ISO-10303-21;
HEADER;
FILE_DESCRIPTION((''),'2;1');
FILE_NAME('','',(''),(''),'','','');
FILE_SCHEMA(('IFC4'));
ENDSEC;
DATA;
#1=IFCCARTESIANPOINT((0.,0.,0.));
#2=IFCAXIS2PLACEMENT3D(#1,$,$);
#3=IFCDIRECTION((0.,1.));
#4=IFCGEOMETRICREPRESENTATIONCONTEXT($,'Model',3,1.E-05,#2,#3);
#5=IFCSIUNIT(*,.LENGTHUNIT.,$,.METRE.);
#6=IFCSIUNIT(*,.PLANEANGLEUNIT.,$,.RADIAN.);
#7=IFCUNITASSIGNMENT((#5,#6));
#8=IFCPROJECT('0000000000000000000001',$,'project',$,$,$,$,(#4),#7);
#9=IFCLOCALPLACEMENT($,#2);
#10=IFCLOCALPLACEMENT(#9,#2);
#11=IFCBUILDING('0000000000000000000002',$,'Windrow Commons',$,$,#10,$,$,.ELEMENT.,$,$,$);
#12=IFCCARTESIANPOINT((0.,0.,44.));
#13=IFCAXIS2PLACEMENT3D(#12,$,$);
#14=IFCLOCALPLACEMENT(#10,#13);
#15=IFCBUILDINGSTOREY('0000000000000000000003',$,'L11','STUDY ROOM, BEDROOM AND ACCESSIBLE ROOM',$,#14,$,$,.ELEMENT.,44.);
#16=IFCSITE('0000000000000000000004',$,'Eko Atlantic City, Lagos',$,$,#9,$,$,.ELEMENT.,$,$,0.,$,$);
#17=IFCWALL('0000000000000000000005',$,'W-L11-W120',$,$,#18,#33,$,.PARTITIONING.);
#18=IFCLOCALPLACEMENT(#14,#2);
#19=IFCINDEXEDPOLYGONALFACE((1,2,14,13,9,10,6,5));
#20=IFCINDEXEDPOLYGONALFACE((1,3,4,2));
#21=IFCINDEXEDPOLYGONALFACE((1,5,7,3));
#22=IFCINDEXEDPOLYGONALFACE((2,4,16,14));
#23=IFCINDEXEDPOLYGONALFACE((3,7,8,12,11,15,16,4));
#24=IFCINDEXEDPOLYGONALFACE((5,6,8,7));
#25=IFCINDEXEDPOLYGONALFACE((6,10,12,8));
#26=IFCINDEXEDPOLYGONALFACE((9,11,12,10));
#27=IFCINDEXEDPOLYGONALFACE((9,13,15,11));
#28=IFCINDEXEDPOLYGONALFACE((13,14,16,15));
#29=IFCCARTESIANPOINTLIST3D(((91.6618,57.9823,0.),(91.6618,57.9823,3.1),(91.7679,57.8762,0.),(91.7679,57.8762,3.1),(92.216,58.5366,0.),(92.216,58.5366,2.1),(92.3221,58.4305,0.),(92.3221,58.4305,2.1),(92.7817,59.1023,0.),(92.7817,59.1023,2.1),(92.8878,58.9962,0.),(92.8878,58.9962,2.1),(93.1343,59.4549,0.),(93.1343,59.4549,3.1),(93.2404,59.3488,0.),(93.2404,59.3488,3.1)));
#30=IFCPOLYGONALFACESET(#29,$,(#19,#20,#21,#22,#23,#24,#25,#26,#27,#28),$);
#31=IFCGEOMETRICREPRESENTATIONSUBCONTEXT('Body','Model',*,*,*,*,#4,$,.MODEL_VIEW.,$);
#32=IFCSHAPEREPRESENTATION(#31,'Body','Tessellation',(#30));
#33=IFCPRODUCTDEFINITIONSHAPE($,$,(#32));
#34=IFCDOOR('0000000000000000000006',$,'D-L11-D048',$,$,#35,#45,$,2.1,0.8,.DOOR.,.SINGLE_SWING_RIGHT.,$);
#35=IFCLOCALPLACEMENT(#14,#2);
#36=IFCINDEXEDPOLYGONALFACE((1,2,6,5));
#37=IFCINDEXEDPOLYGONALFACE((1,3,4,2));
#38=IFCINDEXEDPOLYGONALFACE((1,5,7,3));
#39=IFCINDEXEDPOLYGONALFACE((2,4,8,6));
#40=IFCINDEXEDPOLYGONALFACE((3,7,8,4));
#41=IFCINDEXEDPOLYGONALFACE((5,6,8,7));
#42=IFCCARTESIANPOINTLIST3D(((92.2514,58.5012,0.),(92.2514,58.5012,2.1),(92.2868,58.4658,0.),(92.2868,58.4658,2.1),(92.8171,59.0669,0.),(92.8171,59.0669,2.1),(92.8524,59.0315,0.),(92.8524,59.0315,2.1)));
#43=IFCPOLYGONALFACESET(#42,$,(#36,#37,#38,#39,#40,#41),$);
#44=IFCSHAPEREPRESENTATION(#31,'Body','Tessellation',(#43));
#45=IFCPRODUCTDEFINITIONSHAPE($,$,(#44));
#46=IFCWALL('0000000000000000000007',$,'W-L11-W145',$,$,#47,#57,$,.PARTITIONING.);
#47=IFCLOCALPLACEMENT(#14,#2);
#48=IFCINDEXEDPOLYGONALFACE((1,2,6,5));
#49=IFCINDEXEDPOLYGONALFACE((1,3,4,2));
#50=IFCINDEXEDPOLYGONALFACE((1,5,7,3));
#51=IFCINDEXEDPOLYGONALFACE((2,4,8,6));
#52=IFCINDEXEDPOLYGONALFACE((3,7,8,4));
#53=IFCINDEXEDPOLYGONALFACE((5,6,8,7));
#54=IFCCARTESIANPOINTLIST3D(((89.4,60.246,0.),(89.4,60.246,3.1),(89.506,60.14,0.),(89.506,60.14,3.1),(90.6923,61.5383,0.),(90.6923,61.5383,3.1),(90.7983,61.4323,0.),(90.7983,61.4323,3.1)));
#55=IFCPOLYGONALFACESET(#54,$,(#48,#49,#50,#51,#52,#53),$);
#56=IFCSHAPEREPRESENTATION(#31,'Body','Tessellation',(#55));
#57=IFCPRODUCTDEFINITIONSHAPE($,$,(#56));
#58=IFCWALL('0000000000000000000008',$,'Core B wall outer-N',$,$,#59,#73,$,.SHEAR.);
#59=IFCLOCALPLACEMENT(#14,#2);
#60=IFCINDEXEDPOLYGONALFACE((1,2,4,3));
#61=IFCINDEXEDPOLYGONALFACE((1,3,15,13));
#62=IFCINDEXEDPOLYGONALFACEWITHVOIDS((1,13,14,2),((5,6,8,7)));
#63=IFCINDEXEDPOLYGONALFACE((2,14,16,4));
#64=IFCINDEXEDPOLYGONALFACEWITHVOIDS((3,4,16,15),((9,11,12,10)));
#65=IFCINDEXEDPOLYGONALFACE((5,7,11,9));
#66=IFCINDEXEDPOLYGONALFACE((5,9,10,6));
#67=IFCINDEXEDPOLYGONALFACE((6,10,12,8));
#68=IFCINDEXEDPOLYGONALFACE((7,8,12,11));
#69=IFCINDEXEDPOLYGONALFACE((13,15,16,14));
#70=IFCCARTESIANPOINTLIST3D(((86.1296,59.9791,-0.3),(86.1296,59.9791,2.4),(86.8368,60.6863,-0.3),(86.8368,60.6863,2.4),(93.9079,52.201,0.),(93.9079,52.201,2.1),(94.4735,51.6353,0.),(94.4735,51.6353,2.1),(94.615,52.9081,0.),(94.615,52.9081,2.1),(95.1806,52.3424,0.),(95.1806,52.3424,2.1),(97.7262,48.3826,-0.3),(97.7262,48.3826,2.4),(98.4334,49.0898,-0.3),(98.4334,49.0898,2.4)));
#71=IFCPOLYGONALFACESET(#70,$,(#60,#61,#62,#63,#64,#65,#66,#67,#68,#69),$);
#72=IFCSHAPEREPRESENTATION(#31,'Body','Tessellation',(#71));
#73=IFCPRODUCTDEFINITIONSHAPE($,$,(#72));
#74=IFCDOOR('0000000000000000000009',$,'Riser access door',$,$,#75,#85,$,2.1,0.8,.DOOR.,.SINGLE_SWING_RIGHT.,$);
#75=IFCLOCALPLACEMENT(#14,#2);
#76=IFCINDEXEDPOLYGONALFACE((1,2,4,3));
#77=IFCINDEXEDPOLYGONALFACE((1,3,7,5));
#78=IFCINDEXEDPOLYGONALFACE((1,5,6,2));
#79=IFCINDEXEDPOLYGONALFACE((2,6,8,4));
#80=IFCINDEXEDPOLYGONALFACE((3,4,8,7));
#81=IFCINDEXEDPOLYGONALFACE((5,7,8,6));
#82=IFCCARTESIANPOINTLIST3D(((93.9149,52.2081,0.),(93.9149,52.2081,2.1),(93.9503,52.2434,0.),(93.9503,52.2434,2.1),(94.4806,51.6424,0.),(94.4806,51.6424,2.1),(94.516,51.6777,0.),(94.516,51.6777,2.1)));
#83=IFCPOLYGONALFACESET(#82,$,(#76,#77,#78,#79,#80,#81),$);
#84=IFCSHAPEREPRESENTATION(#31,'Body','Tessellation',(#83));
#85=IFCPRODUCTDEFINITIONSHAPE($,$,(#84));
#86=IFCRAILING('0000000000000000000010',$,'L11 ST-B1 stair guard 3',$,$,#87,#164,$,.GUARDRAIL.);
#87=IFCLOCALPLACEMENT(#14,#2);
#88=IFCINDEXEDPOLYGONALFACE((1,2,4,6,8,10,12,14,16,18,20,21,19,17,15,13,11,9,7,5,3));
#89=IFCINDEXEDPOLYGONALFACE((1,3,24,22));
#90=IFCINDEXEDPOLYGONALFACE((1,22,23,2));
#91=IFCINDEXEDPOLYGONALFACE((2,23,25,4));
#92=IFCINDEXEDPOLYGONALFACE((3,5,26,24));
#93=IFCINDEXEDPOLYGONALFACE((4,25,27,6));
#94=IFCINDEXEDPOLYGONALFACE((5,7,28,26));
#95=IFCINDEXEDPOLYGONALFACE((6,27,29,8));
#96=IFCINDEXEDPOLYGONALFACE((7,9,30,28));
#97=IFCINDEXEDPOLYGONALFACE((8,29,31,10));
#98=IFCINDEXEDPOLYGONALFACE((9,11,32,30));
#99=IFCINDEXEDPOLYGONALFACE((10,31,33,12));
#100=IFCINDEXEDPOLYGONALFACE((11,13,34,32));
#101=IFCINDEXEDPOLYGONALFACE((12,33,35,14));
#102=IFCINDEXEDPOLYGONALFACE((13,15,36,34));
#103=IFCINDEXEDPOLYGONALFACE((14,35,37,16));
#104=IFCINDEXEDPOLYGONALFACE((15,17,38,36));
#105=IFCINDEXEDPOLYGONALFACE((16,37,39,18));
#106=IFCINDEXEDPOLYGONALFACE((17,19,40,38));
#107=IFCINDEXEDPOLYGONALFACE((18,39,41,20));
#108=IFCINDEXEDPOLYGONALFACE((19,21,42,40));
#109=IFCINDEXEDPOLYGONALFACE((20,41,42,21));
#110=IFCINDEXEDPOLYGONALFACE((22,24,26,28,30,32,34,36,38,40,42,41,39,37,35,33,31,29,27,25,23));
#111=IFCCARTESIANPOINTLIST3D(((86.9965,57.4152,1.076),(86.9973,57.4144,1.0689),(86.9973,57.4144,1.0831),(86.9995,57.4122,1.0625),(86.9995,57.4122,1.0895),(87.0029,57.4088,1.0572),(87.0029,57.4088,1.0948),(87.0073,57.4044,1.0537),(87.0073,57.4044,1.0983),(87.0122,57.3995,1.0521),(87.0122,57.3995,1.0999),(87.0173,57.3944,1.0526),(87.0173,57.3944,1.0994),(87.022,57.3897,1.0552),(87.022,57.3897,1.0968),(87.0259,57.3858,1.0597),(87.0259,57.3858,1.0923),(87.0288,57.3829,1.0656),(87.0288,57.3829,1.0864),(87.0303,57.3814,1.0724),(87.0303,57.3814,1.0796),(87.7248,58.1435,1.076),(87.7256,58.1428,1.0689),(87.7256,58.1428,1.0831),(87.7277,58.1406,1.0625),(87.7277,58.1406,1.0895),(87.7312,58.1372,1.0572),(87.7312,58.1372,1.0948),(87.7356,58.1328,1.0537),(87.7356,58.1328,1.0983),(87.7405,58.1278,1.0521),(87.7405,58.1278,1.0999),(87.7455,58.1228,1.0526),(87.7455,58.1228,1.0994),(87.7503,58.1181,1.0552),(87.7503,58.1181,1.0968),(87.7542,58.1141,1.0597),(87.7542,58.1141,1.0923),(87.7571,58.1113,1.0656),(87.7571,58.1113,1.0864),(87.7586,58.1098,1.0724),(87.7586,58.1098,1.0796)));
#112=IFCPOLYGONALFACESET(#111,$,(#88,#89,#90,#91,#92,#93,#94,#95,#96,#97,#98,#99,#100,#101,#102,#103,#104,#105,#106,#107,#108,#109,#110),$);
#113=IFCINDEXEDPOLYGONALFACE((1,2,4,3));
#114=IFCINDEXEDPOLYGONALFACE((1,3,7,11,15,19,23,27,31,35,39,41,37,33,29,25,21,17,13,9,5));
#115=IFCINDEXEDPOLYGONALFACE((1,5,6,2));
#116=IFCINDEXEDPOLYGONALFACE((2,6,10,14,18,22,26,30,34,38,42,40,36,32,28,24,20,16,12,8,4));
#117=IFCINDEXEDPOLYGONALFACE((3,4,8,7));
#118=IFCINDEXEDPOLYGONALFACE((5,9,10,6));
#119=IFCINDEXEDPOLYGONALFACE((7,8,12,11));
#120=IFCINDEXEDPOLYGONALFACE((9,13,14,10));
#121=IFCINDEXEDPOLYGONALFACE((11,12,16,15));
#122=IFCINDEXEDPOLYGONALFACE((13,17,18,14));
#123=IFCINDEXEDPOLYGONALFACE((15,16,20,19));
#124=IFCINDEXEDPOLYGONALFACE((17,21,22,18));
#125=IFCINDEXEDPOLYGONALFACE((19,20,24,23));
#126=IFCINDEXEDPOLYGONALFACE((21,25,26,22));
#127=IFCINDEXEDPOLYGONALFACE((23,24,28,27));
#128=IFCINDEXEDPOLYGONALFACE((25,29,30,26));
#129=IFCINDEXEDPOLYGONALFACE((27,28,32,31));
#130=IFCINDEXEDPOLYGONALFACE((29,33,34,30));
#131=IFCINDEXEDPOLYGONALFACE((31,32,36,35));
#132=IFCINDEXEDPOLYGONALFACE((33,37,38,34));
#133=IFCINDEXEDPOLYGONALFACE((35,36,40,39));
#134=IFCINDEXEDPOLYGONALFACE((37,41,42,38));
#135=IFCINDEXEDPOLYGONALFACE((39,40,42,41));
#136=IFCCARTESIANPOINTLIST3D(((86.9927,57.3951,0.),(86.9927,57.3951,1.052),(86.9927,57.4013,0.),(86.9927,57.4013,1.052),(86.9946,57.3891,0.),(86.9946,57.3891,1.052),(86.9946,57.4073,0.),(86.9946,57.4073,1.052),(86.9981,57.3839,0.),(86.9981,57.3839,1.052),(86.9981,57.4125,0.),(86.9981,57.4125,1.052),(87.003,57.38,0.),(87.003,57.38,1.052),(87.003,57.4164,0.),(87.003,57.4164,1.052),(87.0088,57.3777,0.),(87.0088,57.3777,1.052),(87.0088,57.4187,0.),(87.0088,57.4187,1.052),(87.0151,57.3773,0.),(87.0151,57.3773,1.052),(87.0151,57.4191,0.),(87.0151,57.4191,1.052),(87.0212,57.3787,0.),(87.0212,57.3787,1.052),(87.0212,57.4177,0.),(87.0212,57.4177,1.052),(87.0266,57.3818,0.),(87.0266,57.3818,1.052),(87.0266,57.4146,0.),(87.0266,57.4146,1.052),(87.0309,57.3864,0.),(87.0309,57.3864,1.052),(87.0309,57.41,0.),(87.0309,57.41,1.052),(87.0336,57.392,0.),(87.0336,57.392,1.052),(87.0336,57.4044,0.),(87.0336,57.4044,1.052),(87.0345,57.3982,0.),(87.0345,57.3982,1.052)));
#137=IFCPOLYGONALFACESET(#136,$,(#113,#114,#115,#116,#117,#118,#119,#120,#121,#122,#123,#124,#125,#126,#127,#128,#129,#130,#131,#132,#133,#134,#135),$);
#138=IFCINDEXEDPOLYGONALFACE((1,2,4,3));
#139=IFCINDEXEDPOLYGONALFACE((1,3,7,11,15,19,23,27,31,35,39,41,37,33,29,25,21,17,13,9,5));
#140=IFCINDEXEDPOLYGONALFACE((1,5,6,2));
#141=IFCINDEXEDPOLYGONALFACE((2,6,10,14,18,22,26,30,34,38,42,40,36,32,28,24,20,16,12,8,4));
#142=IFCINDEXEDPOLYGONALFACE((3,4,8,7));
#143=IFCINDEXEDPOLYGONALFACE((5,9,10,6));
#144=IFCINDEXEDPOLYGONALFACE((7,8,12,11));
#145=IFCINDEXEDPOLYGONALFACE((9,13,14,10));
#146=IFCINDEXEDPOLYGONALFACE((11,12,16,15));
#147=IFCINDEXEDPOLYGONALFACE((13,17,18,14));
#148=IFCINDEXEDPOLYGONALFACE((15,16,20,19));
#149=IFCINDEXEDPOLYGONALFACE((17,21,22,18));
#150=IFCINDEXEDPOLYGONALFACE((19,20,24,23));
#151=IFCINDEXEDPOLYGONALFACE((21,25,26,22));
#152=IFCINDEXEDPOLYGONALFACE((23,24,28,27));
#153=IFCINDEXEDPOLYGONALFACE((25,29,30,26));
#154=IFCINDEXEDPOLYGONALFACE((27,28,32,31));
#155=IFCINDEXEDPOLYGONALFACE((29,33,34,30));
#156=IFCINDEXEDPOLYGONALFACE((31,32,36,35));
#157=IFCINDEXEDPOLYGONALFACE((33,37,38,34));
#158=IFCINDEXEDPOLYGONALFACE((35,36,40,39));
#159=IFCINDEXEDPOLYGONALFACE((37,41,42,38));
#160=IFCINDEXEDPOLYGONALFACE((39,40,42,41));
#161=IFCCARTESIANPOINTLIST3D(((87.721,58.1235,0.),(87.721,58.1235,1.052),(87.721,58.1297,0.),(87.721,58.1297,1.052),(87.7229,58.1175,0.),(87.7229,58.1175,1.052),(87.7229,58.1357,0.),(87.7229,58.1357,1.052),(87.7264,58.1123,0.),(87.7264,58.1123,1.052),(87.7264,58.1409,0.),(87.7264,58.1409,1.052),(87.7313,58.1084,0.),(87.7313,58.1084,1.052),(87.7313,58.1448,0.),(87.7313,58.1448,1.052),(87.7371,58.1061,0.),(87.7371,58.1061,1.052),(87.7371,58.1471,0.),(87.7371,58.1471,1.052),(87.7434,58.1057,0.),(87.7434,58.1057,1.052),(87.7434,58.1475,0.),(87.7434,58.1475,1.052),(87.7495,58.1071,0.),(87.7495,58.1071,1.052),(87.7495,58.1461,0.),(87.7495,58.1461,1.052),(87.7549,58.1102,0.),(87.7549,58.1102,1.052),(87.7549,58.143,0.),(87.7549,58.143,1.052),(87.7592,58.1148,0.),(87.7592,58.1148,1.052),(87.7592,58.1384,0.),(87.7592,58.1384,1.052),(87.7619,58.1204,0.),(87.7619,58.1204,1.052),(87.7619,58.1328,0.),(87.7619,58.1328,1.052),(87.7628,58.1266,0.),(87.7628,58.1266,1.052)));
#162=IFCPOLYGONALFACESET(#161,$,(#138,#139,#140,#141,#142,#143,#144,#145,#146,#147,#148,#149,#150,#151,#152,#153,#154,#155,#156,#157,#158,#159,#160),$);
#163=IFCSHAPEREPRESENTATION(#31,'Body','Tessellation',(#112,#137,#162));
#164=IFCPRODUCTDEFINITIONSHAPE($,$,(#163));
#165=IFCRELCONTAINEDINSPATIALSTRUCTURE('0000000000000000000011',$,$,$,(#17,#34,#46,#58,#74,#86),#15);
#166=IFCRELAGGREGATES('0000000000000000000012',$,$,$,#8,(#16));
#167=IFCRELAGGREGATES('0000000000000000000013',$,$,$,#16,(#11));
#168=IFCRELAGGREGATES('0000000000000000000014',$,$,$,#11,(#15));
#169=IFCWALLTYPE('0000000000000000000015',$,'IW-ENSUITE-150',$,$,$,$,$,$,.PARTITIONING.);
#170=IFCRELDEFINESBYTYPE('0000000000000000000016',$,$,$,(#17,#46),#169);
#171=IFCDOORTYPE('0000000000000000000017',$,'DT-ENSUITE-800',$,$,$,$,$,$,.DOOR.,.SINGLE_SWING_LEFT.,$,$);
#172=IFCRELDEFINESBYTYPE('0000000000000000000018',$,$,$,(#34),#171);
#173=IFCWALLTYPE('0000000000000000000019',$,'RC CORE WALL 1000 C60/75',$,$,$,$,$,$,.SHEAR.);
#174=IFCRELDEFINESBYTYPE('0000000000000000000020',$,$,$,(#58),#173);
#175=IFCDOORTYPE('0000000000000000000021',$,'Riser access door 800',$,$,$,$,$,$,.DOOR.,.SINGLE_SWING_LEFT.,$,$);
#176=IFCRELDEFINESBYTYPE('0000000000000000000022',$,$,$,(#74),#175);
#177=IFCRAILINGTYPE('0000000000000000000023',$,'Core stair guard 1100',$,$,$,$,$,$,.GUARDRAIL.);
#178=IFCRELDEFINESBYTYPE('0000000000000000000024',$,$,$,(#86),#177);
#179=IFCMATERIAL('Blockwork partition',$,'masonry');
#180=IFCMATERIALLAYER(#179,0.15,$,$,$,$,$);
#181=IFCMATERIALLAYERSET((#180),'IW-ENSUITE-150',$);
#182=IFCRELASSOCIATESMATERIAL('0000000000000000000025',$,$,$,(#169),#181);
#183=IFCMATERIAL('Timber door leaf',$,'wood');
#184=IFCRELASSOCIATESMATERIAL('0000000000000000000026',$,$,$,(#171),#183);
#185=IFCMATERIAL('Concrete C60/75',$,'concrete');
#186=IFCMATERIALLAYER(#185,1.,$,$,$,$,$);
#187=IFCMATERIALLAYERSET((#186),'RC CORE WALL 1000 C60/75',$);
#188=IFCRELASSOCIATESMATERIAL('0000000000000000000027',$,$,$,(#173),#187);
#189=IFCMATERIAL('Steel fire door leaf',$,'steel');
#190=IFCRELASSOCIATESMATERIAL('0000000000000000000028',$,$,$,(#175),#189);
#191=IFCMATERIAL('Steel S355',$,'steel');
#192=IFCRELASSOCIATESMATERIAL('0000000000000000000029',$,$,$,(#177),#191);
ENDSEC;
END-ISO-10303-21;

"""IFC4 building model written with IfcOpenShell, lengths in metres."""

from ifc_helpers import new_model, si_unit, direction, frame, frame_2d, origin, origin_2d, place, context, subcontext, project, spatial, rectangle, circle, extrude, material, layer, layer_set, type_object, element, fill, save


model = new_model("IFC4")

# Units and contexts
model_context = context("Model", 3, precision=1e-05, world=origin(), true_north=direction((0.0, 1.0)))
body_context = subcontext(model_context, "Body", "Model", "MODEL_VIEW")
ifc_project = project(units=[si_unit("LENGTHUNIT", "METRE"), si_unit("PLANEANGLEUNIT", "RADIAN")], contexts=[model_context])

# Site, building, storey
site_placement = place(None, origin())
site = spatial("IfcSite", under=ifc_project, at=site_placement, Name="Eko Atlantic City, Lagos", CompositionType="ELEMENT", RefElevation=0.0)
building_placement = place(site_placement, origin())
building = spatial("IfcBuilding", under=site, at=building_placement, Name="Windrow Commons", CompositionType="ELEMENT")
storey_placement = place(building_placement, frame((0.0, 0.0, 44.0)))
storey = spatial("IfcBuildingStorey", under=building, at=storey_placement, Name="L11", Description="STUDY ROOM, BEDROOM AND ACCESSIBLE ROOM", CompositionType="ELEMENT", Elevation=44.0)

# Shared definitions
ifc_material_1 = material(Name="Blockwork partition", Category="masonry")
ifc_layer_1 = layer(ifc_material_1, 0.15)
ifc_layer_set_1 = layer_set([ifc_layer_1], Name="IW-ENSUITE-150")
wall_type_1 = type_object("IfcWallType", Name="IW-ENSUITE-150", PredefinedType="PARTITIONING", material=ifc_layer_set_1)

# Wall, opening, door
wall_1_placement = place(storey_placement, frame((91.7148, 57.9292, 0.0), z_axis=(0.0, 0.0, 1.0), x_axis=(0.707083, 0.707131, 0.0)))
wall_1 = element("IfcWall", 1, at=wall_1_placement, inside=storey, type_object=wall_type_1, Name="W-L11-W120", PredefinedType="PARTITIONING", context=body_context, shape_type="SweptSolid", body=[
    extrude(rectangle(XDim=2.0825, YDim=0.15, at=frame_2d((1.0413, 0.0))), origin(), (0.0, 0.0, 1.0), 3.1),
])
opening_1_placement = place(wall_1_placement, frame((0.7839, 0.0, 0.0)))
opening_1 = element("IfcOpeningElement", 2, at=opening_1_placement, cuts=wall_1, PredefinedType="OPENING", context=body_context, shape_type="SweptSolid", body=[
    extrude(rectangle(XDim=0.8, YDim=2.1, at=frame_2d((0.4, 1.05))), frame((0.0, 0.085, 0.0), z_axis=(0.0, -1.0, 0.0), x_axis=(1.0, 0.0, 0.0)), (0.0, 0.0, 1.0), 0.17),
])
ifc_material_2 = material(Name="Timber door leaf", Category="wood")
door_type_1 = type_object("IfcDoorType", Name="DT-ENSUITE-800", OperationType="SINGLE_SWING_LEFT", PredefinedType="DOOR", material=ifc_material_2)
door_1_placement = place(opening_1_placement, origin())
door_1 = element("IfcDoor", 3, at=door_1_placement, inside=storey, type_object=door_type_1, Name="D-L11-D048", OperationType="SINGLE_SWING_RIGHT", OverallHeight=2.1, OverallWidth=0.8, PredefinedType="DOOR", context=body_context, shape_type="SweptSolid", body=[
    extrude(rectangle(XDim=0.8, YDim=2.1, at=frame_2d((0.4, 1.05))), frame((0.0, 0.025, 0.0), z_axis=(0.0, -1.0, 0.0), x_axis=(1.0, 0.0, 0.0)), (0.0, 0.0, 1.0), 0.05),
])
fill(opening_1, door_1)

# Wall
wall_2_placement = place(storey_placement, frame((89.453, 60.193, 0.0), z_axis=(0.0, 0.0, 1.0), x_axis=(0.707107, 0.707107, 0.0)))
element("IfcWall", 4, at=wall_2_placement, inside=storey, type_object=wall_type_1, Name="W-L11-W145", PredefinedType="PARTITIONING", context=body_context, shape_type="SweptSolid", body=[
    extrude(rectangle(XDim=1.8276, YDim=0.15, at=frame_2d((0.9138, 0.0))), origin(), (0.0, 0.0, 1.0), 3.1),
])

# Wall, opening, door
ifc_material_3 = material(Name="Concrete C60/75", Category="concrete")
ifc_layer_2 = layer(ifc_material_3, 1.0)
ifc_layer_set_2 = layer_set([ifc_layer_2], Name="RC CORE WALL 1000 C60/75")
wall_type_2 = type_object("IfcWallType", Name="RC CORE WALL 1000 C60/75", PredefinedType="SHEAR", material=ifc_layer_set_2)
wall_3_placement = place(storey_placement, frame((86.4832, 60.3327, -0.3), z_axis=(0.0, 0.0, 1.0), x_axis=(0.70711, -0.707104, 0.0)))
wall_3 = element("IfcWall", 5, at=wall_3_placement, inside=storey, type_object=wall_type_2, Name="Core B wall outer-N", PredefinedType="SHEAR", context=body_context, shape_type="SweptSolid", body=[
    extrude(rectangle(XDim=16.4, YDim=1.0, at=frame_2d((8.2, 0.0))), origin(), (0.0, 0.0, 1.0), 2.7),
])
opening_2_placement = place(wall_3_placement, frame((11.0, 0.0, 0.3)))
opening_2 = element("IfcOpeningElement", 6, at=opening_2_placement, cuts=wall_3, PredefinedType="OPENING", context=body_context, shape_type="SweptSolid", body=[
    extrude(rectangle(XDim=0.8, YDim=2.1, at=frame_2d((0.4, 1.05))), frame((0.0, 0.51, 0.0), z_axis=(0.0, -1.0, 0.0), x_axis=(1.0, 0.0, 0.0)), (0.0, 0.0, 1.0), 1.02),
])
ifc_material_4 = material(Name="Steel fire door leaf", Category="steel")
door_type_2 = type_object("IfcDoorType", Name="Riser access door 800", OperationType="SINGLE_SWING_LEFT", PredefinedType="DOOR", material=ifc_material_4)
door_2_placement = place(opening_2_placement, origin())
door_2 = element("IfcDoor", 7, at=door_2_placement, inside=storey, type_object=door_type_2, Name="Riser access door", OperationType="SINGLE_SWING_RIGHT", OverallHeight=2.1, OverallWidth=0.8, PredefinedType="DOOR", context=body_context, shape_type="SweptSolid", body=[
    extrude(rectangle(XDim=0.8, YDim=2.1, at=frame_2d((0.4, 1.05))), frame((0.0, -0.44, 0.0), z_axis=(0.0, -1.0, 0.0), x_axis=(1.0, 0.0, 0.0)), (0.0, 0.0, 1.0), 0.05),
])
fill(opening_2, door_2)

# Railing
ifc_material_5 = material(Name="Steel S355", Category="steel")
railing_type_1 = type_object("IfcRailingType", Name="Core stair guard 1100", PredefinedType="GUARDRAIL", material=ifc_material_5)
railing_1_placement = place(storey_placement, frame((87.0135, 57.3982, 0.0)))
element("IfcRailing", 8, at=railing_1_placement, inside=storey, type_object=railing_type_1, Name="L11 ST-B1 stair guard 3", PredefinedType="GUARDRAIL", context=body_context, shape_type="SweptSolid", body=[
    extrude(circle(Radius=0.024, at=origin_2d()), frame((0.0, 0.0, 1.076), z_axis=(0.707058, 0.707155, 0.0), x_axis=(-0.707155, 0.707058, 0.0)), (0.0, 0.0, 1.0), 1.03),
    extrude(circle(Radius=0.021, at=origin_2d()), origin(), (0.0, 0.0, 1.0), 1.052),
    extrude(circle(Radius=0.021, at=origin_2d()), frame((0.7283, 0.7284, 0.0)), (0.0, 0.0, 1.0), 1.052),
])

save(model, "model.ifc")
